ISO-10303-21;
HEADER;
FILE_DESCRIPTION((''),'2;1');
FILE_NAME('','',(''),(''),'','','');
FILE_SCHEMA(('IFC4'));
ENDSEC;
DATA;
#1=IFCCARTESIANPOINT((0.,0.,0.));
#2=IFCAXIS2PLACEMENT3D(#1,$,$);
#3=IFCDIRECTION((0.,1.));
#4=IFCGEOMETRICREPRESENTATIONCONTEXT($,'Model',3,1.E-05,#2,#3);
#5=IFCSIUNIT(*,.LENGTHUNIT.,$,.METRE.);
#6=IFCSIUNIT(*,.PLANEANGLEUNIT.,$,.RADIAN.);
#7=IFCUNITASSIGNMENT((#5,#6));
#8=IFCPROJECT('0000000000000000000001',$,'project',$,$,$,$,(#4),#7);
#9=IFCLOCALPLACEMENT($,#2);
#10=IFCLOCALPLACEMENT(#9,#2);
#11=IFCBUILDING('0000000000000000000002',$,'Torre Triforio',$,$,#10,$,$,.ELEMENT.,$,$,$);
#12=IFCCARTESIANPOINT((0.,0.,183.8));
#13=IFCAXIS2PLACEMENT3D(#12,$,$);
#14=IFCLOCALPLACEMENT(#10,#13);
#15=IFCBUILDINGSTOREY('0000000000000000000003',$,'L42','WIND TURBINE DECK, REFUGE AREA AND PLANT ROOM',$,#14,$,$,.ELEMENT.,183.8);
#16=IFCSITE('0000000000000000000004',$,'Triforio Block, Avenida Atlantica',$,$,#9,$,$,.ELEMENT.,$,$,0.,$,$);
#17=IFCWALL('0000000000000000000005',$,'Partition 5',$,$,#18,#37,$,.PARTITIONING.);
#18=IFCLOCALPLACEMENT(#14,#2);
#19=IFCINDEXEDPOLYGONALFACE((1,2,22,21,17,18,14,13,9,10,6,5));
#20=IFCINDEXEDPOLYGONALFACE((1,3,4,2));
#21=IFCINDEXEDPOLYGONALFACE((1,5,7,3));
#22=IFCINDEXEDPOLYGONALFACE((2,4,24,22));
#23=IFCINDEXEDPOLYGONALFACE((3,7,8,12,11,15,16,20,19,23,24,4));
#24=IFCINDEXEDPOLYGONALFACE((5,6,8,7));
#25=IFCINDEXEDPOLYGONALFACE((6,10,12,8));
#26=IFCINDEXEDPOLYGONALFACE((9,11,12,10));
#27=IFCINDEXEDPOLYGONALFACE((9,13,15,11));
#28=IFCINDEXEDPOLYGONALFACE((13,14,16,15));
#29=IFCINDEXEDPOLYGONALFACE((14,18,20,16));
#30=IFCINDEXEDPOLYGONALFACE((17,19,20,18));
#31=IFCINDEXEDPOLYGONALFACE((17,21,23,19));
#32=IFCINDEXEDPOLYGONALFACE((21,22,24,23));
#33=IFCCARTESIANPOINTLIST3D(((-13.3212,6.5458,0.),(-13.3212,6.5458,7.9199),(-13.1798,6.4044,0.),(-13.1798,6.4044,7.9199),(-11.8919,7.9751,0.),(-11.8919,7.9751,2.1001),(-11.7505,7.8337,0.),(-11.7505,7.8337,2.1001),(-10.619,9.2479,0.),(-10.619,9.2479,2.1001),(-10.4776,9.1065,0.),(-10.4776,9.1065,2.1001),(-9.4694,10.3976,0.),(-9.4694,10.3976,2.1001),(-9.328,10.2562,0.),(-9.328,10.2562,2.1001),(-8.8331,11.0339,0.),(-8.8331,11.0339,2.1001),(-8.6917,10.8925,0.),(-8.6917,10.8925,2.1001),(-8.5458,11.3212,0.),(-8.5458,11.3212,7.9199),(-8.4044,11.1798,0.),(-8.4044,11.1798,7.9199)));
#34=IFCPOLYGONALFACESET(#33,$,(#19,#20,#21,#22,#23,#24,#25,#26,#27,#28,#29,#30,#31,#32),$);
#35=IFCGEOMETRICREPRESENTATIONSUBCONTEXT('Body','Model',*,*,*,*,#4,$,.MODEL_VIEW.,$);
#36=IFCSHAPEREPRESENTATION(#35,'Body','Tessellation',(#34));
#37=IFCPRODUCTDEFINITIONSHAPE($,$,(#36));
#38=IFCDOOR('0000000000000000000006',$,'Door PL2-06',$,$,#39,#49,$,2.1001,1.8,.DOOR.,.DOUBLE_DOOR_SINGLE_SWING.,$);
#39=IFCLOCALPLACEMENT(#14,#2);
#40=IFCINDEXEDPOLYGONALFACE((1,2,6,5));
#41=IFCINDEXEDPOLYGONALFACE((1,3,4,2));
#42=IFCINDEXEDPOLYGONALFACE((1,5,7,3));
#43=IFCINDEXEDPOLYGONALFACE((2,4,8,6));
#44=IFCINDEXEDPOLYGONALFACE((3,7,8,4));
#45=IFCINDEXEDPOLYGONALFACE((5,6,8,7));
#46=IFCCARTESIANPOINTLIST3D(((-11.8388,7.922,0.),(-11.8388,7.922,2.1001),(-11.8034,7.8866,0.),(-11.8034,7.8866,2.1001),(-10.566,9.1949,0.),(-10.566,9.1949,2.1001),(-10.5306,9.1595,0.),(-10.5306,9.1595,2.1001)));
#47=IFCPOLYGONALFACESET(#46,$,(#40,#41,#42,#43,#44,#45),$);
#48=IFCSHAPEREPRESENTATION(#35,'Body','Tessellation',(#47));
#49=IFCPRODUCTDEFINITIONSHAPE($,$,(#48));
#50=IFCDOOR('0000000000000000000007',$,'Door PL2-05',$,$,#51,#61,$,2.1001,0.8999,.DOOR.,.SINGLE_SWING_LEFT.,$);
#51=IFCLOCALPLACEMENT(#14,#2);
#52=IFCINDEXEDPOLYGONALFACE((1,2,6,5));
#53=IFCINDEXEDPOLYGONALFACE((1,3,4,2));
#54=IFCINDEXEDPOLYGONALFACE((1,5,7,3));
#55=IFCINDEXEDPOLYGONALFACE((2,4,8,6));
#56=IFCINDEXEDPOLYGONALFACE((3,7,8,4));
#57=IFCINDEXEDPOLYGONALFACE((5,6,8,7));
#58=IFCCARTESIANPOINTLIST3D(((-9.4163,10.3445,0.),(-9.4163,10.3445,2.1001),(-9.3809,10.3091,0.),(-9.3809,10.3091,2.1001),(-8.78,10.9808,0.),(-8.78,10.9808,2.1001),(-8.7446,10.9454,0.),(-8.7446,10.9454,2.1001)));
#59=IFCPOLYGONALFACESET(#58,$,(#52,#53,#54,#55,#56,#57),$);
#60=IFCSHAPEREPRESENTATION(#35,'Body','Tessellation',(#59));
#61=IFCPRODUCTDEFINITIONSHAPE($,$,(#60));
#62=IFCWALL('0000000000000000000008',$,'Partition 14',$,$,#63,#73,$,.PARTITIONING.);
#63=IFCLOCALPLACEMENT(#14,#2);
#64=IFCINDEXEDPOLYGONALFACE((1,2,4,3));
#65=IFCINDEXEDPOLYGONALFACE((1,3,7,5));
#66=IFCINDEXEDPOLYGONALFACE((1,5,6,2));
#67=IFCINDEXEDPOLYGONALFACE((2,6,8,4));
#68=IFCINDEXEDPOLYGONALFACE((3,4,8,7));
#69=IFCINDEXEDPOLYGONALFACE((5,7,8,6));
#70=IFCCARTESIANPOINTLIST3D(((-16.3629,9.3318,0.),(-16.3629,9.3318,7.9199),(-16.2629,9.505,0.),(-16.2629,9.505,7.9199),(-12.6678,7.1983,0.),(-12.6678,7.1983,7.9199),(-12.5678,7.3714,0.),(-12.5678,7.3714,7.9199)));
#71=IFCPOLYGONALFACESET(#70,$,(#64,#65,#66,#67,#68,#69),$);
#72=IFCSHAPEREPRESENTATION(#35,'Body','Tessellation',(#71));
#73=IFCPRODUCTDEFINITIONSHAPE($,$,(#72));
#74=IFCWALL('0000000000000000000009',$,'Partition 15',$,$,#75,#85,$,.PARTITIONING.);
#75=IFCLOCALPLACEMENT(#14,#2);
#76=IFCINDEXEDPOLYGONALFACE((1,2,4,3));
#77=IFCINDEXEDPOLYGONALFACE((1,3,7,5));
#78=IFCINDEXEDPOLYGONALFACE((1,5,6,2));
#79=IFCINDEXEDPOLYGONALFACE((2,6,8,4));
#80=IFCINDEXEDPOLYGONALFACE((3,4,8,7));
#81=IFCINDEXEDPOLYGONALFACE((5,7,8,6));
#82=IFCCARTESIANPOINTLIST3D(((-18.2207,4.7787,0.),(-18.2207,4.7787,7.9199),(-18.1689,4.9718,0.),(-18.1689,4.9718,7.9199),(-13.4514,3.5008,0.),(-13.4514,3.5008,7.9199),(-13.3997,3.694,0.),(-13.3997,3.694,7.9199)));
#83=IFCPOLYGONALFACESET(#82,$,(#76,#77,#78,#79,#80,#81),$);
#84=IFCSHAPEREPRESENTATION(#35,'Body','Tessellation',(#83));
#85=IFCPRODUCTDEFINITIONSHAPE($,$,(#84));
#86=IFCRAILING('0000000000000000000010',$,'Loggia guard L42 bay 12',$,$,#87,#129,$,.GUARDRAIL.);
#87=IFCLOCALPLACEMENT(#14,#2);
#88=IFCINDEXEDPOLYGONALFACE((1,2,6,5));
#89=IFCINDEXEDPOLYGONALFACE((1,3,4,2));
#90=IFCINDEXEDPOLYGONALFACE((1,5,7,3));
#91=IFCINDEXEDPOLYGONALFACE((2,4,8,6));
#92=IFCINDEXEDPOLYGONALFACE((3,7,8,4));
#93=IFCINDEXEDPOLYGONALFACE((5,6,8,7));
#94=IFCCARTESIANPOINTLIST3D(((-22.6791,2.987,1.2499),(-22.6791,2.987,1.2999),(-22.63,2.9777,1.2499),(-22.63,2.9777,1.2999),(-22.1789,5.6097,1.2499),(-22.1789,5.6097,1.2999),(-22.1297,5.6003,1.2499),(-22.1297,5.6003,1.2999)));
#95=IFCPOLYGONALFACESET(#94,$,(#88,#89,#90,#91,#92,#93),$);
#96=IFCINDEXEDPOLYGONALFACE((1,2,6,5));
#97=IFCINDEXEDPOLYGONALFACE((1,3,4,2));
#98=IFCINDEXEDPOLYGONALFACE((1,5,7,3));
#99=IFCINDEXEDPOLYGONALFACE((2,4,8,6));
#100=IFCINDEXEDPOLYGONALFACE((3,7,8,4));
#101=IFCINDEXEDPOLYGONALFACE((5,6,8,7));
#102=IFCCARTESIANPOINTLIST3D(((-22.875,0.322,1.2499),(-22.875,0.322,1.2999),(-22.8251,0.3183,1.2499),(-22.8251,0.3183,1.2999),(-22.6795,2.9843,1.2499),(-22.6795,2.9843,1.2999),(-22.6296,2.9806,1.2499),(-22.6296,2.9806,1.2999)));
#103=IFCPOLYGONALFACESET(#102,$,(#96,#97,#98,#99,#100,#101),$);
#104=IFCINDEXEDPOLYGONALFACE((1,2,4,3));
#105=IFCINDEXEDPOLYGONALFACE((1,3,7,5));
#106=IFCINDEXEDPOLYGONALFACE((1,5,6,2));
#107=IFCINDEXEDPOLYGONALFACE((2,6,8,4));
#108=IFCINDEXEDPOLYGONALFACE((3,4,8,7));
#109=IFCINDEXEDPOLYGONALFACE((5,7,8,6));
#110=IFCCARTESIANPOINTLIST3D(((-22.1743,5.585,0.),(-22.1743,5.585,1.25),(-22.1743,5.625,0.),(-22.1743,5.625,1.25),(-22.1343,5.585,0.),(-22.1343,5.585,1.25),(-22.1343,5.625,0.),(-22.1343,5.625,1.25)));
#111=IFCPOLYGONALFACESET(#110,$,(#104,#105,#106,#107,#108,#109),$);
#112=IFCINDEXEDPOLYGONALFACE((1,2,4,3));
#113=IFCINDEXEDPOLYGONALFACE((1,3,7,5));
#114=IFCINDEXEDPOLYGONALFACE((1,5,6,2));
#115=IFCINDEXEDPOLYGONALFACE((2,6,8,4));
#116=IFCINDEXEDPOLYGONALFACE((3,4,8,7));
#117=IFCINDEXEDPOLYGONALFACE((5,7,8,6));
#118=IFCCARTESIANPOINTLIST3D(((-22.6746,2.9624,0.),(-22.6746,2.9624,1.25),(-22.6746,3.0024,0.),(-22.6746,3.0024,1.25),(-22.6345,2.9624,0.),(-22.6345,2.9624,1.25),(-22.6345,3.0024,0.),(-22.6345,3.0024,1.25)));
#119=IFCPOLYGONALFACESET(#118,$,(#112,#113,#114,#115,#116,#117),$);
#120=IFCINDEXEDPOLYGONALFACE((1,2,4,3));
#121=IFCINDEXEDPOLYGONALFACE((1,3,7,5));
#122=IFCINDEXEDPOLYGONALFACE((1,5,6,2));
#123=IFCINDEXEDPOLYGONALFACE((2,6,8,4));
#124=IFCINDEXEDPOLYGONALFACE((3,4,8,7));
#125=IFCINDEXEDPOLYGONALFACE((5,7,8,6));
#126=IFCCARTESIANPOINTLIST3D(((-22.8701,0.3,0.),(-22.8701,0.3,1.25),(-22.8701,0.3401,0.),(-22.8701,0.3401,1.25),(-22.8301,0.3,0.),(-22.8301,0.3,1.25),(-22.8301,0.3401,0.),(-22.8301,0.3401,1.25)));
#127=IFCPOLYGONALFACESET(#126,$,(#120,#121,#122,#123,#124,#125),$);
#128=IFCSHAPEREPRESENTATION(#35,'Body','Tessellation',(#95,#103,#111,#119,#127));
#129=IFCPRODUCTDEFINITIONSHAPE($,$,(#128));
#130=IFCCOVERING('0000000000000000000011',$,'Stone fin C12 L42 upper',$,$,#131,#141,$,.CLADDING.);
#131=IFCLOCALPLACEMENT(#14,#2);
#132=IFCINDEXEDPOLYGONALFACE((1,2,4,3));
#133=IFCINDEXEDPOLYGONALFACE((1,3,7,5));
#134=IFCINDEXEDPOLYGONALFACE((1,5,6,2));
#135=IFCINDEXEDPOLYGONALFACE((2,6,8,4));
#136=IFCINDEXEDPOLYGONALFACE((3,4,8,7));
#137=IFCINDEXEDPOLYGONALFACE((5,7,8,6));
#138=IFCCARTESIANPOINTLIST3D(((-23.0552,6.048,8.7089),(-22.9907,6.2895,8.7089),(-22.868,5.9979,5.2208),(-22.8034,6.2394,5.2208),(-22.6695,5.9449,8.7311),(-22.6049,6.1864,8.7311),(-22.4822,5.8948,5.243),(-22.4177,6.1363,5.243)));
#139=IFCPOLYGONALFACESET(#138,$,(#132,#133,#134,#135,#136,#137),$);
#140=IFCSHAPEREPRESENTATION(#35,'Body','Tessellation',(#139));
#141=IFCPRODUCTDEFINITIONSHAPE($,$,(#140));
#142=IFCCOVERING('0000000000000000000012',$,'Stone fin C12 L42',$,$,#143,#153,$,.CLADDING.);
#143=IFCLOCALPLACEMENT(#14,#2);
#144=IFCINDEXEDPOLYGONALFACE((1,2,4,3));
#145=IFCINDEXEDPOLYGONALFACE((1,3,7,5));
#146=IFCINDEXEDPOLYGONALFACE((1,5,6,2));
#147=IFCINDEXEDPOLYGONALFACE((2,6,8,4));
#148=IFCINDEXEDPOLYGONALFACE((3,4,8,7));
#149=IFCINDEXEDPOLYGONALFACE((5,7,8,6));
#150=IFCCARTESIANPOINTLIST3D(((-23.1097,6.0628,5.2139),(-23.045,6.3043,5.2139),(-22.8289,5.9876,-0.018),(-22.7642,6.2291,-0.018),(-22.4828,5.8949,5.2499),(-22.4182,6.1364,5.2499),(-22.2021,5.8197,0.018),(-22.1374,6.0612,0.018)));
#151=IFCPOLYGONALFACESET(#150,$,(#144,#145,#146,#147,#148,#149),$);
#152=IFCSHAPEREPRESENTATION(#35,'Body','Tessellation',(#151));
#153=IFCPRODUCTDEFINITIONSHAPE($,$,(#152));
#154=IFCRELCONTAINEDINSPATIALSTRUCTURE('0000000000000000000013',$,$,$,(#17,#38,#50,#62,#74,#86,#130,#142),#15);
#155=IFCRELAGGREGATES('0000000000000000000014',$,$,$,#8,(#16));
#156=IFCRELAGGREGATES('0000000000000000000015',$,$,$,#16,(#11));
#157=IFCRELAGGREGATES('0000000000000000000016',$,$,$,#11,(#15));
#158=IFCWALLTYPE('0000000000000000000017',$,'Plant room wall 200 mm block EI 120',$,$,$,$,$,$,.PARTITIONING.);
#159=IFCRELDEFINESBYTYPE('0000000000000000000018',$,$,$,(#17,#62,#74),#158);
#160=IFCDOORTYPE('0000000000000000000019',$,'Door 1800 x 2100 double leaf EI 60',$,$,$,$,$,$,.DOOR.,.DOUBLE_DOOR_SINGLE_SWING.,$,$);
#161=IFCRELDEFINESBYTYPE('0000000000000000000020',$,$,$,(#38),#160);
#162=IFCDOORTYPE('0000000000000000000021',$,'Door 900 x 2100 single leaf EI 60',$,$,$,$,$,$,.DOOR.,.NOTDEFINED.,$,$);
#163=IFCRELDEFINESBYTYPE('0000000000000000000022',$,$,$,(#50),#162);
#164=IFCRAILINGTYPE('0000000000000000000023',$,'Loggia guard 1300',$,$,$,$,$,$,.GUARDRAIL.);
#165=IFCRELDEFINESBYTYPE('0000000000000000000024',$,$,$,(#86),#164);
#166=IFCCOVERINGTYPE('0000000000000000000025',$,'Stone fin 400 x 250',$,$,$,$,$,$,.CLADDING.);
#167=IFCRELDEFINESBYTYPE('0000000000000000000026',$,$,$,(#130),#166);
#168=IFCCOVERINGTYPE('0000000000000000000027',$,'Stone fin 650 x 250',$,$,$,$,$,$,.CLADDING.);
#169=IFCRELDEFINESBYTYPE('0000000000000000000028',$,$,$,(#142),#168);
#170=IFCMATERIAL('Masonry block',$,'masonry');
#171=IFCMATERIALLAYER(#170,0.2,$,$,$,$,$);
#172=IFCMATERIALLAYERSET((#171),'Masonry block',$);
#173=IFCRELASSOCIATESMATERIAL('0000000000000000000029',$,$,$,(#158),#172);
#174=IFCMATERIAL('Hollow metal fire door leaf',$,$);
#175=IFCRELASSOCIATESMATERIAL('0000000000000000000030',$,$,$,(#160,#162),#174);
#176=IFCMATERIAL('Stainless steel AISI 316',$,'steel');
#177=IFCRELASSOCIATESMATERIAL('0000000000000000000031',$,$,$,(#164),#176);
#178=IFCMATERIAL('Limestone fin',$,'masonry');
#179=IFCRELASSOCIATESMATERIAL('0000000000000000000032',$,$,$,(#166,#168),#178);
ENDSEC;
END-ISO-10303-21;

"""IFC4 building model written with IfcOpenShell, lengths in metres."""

from ifc_helpers import new_model, si_unit, direction, frame, frame_2d, origin, origin_2d, place, context, subcontext, project, spatial, rectangle, extrude, material, layer, layer_set, material_profile, profile_set, type_object, element, fill, save


model = new_model("IFC4")

# Units and contexts
model_context = context("Model", 3, precision=1e-05, world=origin(), true_north=direction((0.0, 1.0)))
body_context = subcontext(model_context, "Body", "Model", "MODEL_VIEW")
ifc_project = project(units=[si_unit("LENGTHUNIT", "METRE"), si_unit("PLANEANGLEUNIT", "RADIAN")], contexts=[model_context])

# Site, building, storey
site_placement = place(None, origin())
site = spatial("IfcSite", under=ifc_project, at=site_placement, Name="Triforio Block, Avenida Atlantica", CompositionType="ELEMENT", RefElevation=0.0)
building_placement = place(site_placement, origin())
building = spatial("IfcBuilding", under=site, at=building_placement, Name="Torre Triforio", CompositionType="ELEMENT")
storey_placement = place(building_placement, frame((0.0, 0.0, 183.8)))
storey = spatial("IfcBuildingStorey", under=building, at=storey_placement, Name="L42", Description="WIND TURBINE DECK, REFUGE AREA AND PLANT ROOM", CompositionType="ELEMENT", Elevation=183.8)

# Wall, openings, doors
ifc_material_1 = material(Name="Masonry block", Category="masonry")
ifc_layer = layer(ifc_material_1, 0.2)
ifc_layer_set = layer_set([ifc_layer], Name="Masonry block")
wall_type = type_object("IfcWallType", Name="Plant room wall 200 mm block EI 120", PredefinedType="PARTITIONING", material=ifc_layer_set)
wall_1_placement = place(storey_placement, frame((-13.2505, 6.4751, 0.0), z_axis=(0.0, 0.0, 1.0), x_axis=(0.707107, 0.707107, 0.0)))
wall_1 = element("IfcWall", 1, at=wall_1_placement, inside=storey, type_object=wall_type, Name="Partition 5", PredefinedType="PARTITIONING", context=body_context, shape_type="SweptSolid", body=[
    extrude(rectangle(XDim=6.7534, YDim=0.2, at=frame_2d((3.3767, 0.0))), origin(), (0.0, 0.0, 1.0), 7.9199),
])
opening_1_placement = place(wall_1_placement, frame((5.4473, 0.0, 0.0)))
opening_1 = element("IfcOpeningElement", 2, at=opening_1_placement, cuts=wall_1, PredefinedType="OPENING", context=body_context, shape_type="SweptSolid", body=[
    extrude(rectangle(XDim=0.8999, YDim=2.1001, at=frame_2d((0.45, 1.05))), frame((0.0, 0.1099, 0.0), z_axis=(0.0, -1.0, 0.0), x_axis=(1.0, 0.0, 0.0)), (0.0, 0.0, 1.0), 0.22),
])
opening_2_placement = place(wall_1_placement, frame((2.0215, 0.0, 0.0)))
opening_2 = element("IfcOpeningElement", 3, at=opening_2_placement, cuts=wall_1, PredefinedType="OPENING", context=body_context, shape_type="SweptSolid", body=[
    extrude(rectangle(XDim=1.8, YDim=2.1001, at=frame_2d((0.8999, 1.05))), frame((0.0, 0.1099, 0.0), z_axis=(0.0, -1.0, 0.0), x_axis=(1.0, 0.0, 0.0)), (0.0, 0.0, 1.0), 0.22),
])
ifc_material_2 = material(Name="Hollow metal fire door leaf")
door_type_1 = type_object("IfcDoorType", Name="Door 1800 x 2100 double leaf EI 60", OperationType="DOUBLE_DOOR_SINGLE_SWING", PredefinedType="DOOR", material=ifc_material_2)
door_1_placement = place(opening_2_placement, origin())
door_1 = element("IfcDoor", 4, at=door_1_placement, inside=storey, type_object=door_type_1, Name="Door PL2-06", OperationType="DOUBLE_DOOR_SINGLE_SWING", OverallHeight=2.1001, OverallWidth=1.8, PredefinedType="DOOR", context=body_context, shape_type="SweptSolid", body=[
    extrude(rectangle(XDim=1.8, YDim=2.1001, at=frame_2d((0.8999, 1.05))), frame((0.0, 0.0249, 0.0), z_axis=(0.0, -1.0, 0.0), x_axis=(1.0, 0.0, 0.0)), (0.0, 0.0, 1.0), 0.05),
])
fill(opening_2, door_1)
door_type_2 = type_object("IfcDoorType", Name="Door 900 x 2100 single leaf EI 60", OperationType="NOTDEFINED", PredefinedType="DOOR", material=ifc_material_2)
door_2_placement = place(opening_1_placement, origin())
door_2 = element("IfcDoor", 5, at=door_2_placement, inside=storey, type_object=door_type_2, Name="Door PL2-05", OperationType="SINGLE_SWING_LEFT", OverallHeight=2.1001, OverallWidth=0.8999, PredefinedType="DOOR", context=body_context, shape_type="SweptSolid", body=[
    extrude(rectangle(XDim=0.8999, YDim=2.1001, at=frame_2d((0.45, 1.05))), frame((0.0, 0.0249, 0.0), z_axis=(0.0, -1.0, 0.0), x_axis=(1.0, 0.0, 0.0)), (0.0, 0.0, 1.0), 0.05),
])
fill(opening_1, door_2)

# Walls
wall_2_placement = place(storey_placement, frame((-12.6179, 7.2849, 0.0), z_axis=(0.0, 0.0, 1.0), x_axis=(-0.866005, 0.500034, 0.0)))
element("IfcWall", 6, at=wall_2_placement, inside=storey, type_object=wall_type, Name="Partition 14", PredefinedType="PARTITIONING", context=body_context, shape_type="SweptSolid", body=[
    extrude(rectangle(XDim=4.2668, YDim=0.2, at=frame_2d((2.1333, 0.0))), origin(), (0.0, 0.0, 1.0), 7.9199),
])
wall_3_placement = place(storey_placement, frame((-13.4255, 3.5974, 0.0), z_axis=(0.0, 0.0, 1.0), x_axis=(-0.965931, 0.258801, 0.0)))
element("IfcWall", 7, at=wall_3_placement, inside=storey, type_object=wall_type, Name="Partition 15", PredefinedType="PARTITIONING", context=body_context, shape_type="SweptSolid", body=[
    extrude(rectangle(XDim=4.9375, YDim=0.2, at=frame_2d((2.4688, 0.0))), origin(), (0.0, 0.0, 1.0), 7.9199),
])

# Railing
ifc_material_3 = material(Name="Stainless steel AISI 316", Category="steel")
railing_type = type_object("IfcRailingType", Name="Loggia guard 1300", PredefinedType="GUARDRAIL", material=ifc_material_3)
railing_placement = place(storey_placement, frame((-22.1543, 5.605, 0.0)))
element("IfcRailing", 8, at=railing_placement, inside=storey, type_object=railing_type, Name="Loggia guard L42 bay 12", PredefinedType="GUARDRAIL", context=body_context, shape_type="SweptSolid", body=[
    extrude(rectangle(XDim=0.05, YDim=0.05, at=origin_2d()), frame((0.0, 0.0, 1.2749), z_axis=(-0.187368, -0.98229, 0.0), x_axis=(0.98229, -0.187368, 0.0)), (0.0, 0.0, 1.0), 2.6699),
    extrude(rectangle(XDim=0.05, YDim=0.05, at=origin_2d()), frame((-0.5002, -2.6226, 1.2749), z_axis=(-0.073255, -0.997313, 0.0), x_axis=(0.997313, -0.073255, 0.0)), (0.0, 0.0, 1.0), 2.6694),
    extrude(rectangle(XDim=0.04, YDim=0.04, at=origin_2d()), origin(), (0.0, 0.0, 1.0), 1.25),
    extrude(rectangle(XDim=0.04, YDim=0.04, at=origin_2d()), frame((-0.5002, -2.6226, 0.0)), (0.0, 0.0, 1.0), 1.25),
    extrude(rectangle(XDim=0.04, YDim=0.04, at=origin_2d()), frame((-0.6958, -5.2849, 0.0)), (0.0, 0.0, 1.0), 1.25),
])

# Coverings
ifc_material_4 = material(Name="Limestone fin", Category="masonry")
ifc_material_profile_1 = material_profile(ifc_material_4, rectangle(XDim=0.3999, YDim=0.25, at=origin_2d()), Name="FIN 400x250")
ifc_profile_set_1 = profile_set([ifc_material_profile_1], Name="Limestone fin")
covering_type_1 = type_object("IfcCoveringType", Name="Stone fin 400 x 250", PredefinedType="CLADDING", material=ifc_profile_set_1)
covering_1_placement = place(storey_placement, frame((-22.6428, 6.0671, 5.2319), z_axis=(-0.053602, 0.014327, 0.99846), x_axis=(0.9646, -0.257814, 0.055484)))
element("IfcCovering", 9, at=covering_1_placement, inside=storey, type_object=covering_type_1, Name="Stone fin C12 L42 upper", PredefinedType="CLADDING", context=body_context, shape_type="SweptSolid", body=[
    extrude(rectangle(XDim=0.3999, YDim=0.25, at=origin_2d()), origin(), (0.0, 0.0, 1.0), 3.4934),
])
ifc_material_profile_2 = material_profile(ifc_material_4, rectangle(XDim=0.6499, YDim=0.25, at=origin_2d()), Name="FIN 650x250")
ifc_profile_set_2 = profile_set([ifc_material_profile_2], Name="Limestone fin")
covering_type_2 = type_object("IfcCoveringType", Name="Stone fin 650 x 250", PredefinedType="CLADDING", material=ifc_profile_set_2)
covering_2_placement = place(storey_placement, frame((-22.4832, 6.0244, 0.0), z_axis=(-0.05358, 0.01435, 0.99846), x_axis=(0.964468, -0.25831, 0.055469)))
element("IfcCovering", 10, at=covering_2_placement, inside=storey, type_object=covering_type_2, Name="Stone fin C12 L42", PredefinedType="CLADDING", context=body_context, shape_type="SweptSolid", body=[
    extrude(rectangle(XDim=0.6499, YDim=0.25, at=origin_2d()), origin(), (0.0, 0.0, 1.0), 5.24),
])

save(model, "model.ifc")
